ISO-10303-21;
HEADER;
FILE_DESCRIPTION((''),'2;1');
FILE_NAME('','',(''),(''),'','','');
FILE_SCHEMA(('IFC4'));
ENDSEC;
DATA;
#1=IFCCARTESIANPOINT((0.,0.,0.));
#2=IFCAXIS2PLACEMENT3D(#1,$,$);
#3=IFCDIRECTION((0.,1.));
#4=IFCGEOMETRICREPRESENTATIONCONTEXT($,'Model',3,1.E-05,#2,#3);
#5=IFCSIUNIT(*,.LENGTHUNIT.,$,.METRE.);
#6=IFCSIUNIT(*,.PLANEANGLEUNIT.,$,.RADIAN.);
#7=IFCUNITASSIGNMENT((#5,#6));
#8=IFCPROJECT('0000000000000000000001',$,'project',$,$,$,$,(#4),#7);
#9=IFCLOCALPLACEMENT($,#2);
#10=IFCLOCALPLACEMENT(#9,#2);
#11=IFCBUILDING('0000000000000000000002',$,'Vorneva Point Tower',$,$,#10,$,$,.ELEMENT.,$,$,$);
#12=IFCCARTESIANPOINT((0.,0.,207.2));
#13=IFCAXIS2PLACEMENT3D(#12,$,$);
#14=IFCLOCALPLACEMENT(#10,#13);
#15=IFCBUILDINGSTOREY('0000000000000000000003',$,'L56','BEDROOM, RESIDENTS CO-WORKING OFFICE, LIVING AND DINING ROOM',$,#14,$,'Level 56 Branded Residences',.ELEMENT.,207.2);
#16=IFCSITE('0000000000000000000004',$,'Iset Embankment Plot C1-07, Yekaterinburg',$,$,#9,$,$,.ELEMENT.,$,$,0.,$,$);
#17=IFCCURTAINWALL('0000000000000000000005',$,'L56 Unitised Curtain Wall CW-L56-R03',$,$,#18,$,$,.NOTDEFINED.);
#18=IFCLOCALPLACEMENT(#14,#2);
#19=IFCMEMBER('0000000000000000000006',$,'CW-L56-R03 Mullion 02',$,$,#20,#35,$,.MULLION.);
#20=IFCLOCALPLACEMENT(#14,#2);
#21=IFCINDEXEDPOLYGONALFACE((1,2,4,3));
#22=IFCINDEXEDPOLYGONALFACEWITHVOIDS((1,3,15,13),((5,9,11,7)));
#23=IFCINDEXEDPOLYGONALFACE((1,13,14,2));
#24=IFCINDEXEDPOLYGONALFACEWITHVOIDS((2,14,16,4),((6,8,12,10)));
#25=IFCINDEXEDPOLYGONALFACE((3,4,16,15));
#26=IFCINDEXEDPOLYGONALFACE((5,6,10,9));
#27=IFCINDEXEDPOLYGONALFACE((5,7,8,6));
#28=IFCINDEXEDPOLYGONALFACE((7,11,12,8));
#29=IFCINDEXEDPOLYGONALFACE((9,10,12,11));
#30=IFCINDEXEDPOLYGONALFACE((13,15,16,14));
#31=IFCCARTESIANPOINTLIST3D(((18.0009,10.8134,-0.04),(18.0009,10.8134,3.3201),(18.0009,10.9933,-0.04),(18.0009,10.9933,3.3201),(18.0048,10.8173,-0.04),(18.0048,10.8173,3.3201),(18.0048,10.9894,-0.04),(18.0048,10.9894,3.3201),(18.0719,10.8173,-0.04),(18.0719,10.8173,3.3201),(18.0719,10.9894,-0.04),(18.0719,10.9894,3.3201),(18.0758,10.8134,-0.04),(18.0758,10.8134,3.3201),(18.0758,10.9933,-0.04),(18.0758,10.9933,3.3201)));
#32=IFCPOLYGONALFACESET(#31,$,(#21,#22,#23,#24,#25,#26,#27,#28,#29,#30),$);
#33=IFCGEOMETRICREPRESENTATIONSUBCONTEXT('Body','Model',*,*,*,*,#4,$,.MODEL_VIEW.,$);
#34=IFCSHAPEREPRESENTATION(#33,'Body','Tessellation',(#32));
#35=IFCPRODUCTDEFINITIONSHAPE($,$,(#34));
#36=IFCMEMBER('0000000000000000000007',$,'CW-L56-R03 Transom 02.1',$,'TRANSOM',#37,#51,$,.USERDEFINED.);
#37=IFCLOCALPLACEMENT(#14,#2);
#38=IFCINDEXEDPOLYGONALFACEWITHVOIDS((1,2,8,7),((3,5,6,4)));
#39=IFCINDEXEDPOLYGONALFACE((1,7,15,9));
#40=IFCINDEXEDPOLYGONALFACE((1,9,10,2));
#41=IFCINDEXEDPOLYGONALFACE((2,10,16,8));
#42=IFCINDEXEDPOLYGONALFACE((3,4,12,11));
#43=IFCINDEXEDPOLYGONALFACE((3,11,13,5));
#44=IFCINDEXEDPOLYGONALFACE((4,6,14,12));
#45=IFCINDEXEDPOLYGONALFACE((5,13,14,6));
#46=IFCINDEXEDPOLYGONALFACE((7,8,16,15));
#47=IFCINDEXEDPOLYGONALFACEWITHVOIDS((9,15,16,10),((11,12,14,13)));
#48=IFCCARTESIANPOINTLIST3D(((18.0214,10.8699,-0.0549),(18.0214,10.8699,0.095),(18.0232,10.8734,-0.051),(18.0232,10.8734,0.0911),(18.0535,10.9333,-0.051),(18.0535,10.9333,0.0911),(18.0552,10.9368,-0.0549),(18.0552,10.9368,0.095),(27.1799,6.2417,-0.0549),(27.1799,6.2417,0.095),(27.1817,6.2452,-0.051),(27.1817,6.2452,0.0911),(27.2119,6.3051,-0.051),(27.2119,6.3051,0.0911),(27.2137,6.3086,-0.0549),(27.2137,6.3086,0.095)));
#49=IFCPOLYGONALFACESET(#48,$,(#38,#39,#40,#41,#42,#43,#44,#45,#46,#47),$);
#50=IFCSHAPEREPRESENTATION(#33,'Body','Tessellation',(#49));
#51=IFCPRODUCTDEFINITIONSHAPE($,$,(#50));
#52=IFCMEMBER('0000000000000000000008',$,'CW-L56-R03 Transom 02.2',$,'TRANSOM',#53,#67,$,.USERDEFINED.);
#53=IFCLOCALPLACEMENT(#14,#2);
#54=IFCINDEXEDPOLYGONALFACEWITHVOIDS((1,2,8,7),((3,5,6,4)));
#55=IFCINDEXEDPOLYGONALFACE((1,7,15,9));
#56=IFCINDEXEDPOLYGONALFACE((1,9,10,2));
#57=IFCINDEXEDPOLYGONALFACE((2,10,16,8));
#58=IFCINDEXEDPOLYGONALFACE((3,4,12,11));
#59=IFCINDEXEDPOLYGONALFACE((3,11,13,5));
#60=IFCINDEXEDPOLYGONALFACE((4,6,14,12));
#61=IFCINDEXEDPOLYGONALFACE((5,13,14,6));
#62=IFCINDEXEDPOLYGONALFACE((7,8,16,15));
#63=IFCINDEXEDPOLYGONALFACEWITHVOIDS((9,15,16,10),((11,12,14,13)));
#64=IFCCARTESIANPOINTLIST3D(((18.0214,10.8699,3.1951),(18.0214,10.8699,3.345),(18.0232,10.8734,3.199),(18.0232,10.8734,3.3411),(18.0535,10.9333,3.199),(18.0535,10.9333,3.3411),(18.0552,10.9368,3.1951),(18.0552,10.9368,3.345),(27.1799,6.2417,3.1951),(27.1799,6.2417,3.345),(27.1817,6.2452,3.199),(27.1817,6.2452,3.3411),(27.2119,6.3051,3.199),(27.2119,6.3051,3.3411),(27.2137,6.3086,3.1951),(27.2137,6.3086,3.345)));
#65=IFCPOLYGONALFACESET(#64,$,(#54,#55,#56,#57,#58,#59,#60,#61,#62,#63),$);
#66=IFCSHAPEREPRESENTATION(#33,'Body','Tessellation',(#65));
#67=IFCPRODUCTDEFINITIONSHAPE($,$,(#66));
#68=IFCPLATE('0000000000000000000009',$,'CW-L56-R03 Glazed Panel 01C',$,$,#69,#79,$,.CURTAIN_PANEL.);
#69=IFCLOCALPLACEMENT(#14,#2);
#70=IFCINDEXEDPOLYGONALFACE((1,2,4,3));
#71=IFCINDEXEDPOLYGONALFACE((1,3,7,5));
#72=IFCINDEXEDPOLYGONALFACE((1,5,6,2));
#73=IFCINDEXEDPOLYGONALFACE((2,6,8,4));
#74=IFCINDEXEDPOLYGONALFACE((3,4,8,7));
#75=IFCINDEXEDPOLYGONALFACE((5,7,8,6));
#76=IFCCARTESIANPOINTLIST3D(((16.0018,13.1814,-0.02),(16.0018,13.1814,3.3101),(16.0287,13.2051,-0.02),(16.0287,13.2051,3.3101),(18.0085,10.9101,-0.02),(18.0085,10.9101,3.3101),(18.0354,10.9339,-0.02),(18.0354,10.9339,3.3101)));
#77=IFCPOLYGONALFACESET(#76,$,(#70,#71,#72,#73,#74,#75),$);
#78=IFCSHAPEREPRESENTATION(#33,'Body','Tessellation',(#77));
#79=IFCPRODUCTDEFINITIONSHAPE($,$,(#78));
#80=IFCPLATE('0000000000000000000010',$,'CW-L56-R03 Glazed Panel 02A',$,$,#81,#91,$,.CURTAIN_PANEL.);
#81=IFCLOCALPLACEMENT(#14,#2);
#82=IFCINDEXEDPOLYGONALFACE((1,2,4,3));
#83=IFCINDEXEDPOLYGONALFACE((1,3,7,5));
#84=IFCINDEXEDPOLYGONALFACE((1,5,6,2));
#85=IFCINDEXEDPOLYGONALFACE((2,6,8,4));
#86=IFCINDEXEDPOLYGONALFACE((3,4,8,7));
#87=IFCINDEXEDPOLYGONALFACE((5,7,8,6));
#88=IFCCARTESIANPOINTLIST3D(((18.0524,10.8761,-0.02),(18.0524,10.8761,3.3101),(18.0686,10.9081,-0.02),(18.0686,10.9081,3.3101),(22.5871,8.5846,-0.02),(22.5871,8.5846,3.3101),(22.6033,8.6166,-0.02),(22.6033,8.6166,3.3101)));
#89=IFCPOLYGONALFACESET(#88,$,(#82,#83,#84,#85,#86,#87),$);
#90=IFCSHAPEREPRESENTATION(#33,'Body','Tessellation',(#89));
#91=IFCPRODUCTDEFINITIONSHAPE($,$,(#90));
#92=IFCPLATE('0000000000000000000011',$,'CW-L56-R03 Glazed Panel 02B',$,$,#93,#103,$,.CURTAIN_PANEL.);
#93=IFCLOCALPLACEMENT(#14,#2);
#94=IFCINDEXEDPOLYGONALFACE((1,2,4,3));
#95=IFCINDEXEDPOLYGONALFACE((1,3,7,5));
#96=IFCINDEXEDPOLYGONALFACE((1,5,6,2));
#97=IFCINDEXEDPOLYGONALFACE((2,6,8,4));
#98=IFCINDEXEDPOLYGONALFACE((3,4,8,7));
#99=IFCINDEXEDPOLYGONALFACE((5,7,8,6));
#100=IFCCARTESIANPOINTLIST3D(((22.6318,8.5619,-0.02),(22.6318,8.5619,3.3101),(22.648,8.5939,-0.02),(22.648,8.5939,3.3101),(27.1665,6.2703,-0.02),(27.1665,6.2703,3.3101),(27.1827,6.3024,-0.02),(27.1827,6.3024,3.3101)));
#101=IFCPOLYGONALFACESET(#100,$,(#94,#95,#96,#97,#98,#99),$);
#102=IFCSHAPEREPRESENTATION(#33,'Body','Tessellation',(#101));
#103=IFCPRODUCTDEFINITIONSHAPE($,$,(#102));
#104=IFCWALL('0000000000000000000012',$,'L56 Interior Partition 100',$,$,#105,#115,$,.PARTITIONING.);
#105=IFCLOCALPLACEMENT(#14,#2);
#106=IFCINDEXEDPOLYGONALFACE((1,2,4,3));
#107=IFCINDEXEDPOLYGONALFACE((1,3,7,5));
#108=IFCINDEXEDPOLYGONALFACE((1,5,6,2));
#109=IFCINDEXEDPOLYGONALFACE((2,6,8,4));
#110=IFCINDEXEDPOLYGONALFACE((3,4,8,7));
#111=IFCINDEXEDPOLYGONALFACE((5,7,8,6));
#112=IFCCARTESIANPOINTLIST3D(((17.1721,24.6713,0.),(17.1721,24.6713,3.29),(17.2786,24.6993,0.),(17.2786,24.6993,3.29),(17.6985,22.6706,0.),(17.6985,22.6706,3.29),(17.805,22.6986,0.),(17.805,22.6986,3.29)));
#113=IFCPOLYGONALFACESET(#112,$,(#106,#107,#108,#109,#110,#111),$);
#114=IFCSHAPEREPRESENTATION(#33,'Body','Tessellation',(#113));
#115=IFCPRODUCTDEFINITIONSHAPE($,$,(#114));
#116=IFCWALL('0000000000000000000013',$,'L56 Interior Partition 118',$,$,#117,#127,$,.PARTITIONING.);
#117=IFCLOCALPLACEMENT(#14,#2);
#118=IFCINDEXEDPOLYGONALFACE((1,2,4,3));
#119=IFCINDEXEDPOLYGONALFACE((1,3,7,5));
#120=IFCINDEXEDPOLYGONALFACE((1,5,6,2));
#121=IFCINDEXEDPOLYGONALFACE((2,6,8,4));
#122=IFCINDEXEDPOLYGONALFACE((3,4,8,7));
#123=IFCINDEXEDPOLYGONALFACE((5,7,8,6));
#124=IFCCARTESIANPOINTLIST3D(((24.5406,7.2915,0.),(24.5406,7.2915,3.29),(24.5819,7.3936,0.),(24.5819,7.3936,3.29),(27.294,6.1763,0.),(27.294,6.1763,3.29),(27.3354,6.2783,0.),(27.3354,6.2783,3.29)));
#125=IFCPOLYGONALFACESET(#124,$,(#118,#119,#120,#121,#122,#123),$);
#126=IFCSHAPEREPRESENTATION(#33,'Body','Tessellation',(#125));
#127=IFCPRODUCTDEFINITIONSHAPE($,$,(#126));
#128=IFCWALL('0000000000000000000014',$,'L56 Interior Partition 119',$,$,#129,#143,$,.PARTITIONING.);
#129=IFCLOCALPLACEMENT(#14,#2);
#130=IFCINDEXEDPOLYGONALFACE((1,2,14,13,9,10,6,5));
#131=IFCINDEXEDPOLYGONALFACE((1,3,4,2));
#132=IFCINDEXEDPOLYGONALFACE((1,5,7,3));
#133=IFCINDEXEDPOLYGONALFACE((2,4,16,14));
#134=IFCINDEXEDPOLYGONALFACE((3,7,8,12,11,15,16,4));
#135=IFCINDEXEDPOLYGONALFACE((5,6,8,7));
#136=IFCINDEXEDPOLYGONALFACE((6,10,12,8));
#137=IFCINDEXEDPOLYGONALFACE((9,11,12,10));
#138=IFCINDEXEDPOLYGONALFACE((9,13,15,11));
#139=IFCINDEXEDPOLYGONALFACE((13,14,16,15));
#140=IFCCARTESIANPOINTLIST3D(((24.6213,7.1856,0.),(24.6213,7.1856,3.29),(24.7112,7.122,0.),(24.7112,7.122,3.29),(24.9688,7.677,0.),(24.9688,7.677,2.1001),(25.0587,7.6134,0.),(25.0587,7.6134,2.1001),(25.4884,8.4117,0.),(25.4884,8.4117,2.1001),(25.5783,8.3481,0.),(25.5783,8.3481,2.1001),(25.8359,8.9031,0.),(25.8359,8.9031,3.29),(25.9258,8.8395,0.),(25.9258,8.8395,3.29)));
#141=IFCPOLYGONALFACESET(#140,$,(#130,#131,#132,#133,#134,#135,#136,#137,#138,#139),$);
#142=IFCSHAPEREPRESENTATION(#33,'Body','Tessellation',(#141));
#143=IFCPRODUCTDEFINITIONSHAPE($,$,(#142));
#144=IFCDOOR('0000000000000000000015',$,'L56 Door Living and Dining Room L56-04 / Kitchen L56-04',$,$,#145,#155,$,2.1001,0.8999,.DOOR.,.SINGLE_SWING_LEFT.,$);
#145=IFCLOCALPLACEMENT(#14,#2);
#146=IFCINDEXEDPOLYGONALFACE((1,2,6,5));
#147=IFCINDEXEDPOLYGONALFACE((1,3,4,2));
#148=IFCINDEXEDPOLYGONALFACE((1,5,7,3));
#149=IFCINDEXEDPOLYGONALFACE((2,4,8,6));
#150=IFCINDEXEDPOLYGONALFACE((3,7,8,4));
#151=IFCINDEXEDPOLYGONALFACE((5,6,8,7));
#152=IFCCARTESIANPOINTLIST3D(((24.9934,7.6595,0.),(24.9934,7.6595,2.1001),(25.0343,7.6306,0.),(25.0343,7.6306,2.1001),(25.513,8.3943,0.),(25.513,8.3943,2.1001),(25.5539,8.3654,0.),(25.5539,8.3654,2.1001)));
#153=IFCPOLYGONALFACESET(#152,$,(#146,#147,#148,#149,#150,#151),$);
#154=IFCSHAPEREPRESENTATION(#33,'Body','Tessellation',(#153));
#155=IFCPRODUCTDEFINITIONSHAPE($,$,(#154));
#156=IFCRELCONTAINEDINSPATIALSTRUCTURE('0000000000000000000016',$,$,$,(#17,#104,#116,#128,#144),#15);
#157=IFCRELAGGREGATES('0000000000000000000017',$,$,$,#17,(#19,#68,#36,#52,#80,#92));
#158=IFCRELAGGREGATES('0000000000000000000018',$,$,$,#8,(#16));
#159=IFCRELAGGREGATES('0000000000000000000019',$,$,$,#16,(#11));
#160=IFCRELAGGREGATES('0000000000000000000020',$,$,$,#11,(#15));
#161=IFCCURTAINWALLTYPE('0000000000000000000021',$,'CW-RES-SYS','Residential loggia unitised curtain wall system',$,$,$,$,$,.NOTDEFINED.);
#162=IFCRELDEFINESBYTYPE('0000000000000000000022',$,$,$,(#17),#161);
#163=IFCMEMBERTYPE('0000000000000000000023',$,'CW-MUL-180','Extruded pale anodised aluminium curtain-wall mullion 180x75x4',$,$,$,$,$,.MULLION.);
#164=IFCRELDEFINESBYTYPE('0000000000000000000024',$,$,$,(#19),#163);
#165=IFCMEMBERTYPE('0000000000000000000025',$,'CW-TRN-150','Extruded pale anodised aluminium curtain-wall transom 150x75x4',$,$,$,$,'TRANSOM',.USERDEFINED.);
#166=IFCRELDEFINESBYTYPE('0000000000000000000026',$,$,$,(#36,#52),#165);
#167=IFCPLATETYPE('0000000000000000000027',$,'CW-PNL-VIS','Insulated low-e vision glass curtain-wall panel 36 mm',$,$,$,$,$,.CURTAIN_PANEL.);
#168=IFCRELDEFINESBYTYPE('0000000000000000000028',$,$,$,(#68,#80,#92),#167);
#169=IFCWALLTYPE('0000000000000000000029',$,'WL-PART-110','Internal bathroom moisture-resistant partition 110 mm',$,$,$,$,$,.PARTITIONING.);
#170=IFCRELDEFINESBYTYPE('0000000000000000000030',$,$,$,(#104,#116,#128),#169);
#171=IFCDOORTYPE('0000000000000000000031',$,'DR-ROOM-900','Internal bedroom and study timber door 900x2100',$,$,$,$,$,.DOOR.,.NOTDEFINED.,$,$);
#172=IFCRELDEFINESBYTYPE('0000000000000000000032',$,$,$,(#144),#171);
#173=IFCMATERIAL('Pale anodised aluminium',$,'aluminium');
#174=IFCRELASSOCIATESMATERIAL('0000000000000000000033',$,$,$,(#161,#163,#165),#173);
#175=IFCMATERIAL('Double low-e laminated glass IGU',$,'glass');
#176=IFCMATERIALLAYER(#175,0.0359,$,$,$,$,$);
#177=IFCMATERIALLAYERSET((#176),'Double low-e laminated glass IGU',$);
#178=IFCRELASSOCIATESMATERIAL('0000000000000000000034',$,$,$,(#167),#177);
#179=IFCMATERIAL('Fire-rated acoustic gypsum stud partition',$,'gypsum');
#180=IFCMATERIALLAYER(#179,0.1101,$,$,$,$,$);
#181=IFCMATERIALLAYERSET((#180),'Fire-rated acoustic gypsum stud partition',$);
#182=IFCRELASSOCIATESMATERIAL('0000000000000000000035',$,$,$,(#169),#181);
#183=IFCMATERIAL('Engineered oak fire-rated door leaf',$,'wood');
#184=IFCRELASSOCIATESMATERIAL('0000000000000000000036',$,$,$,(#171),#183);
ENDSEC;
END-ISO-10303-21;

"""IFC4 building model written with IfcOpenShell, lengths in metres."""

from ifc_helpers import new_model, si_unit, direction, frame, frame_2d, origin, origin_2d, place, context, subcontext, project, spatial, rectangle, hollow_rectangle, extrude, material, layer, layer_set, material_profile, profile_set, type_object, element, fill, aggregate, save


model = new_model("IFC4")

# Units and contexts
model_context = context("Model", 3, precision=1e-05, world=origin(), true_north=direction((0.0, 1.0)))
body_context = subcontext(model_context, "Body", "Model", "MODEL_VIEW")
ifc_project = project(units=[si_unit("LENGTHUNIT", "METRE"), si_unit("PLANEANGLEUNIT", "RADIAN")], contexts=[model_context])

# Site, building, storey
site_placement = place(None, origin())
site = spatial("IfcSite", under=ifc_project, at=site_placement, Name="Iset Embankment Plot C1-07, Yekaterinburg", CompositionType="ELEMENT", RefElevation=0.0)
building_placement = place(site_placement, origin())
building = spatial("IfcBuilding", under=site, at=building_placement, Name="Vorneva Point Tower", CompositionType="ELEMENT")
storey_placement = place(building_placement, frame((0.0, 0.0, 207.2)))
storey = spatial("IfcBuildingStorey", under=building, at=storey_placement, Name="L56", Description="BEDROOM, RESIDENTS CO-WORKING OFFICE, LIVING AND DINING ROOM", LongName="Level 56 Branded Residences", CompositionType="ELEMENT", Elevation=207.2)

# Curtain wall, members, plates
ifc_material_1 = material(Name="Pale anodised aluminium", Category="aluminium")
curtain_wall_type = type_object("IfcCurtainWallType", Name="CW-RES-SYS", Description="Residential loggia unitised curtain wall system", PredefinedType="NOTDEFINED", material=ifc_material_1)
curtain_wall_placement = place(storey_placement, origin())
curtain_wall = element("IfcCurtainWall", 1, at=curtain_wall_placement, inside=storey, type_object=curtain_wall_type, Name="L56 Unitised Curtain Wall CW-L56-R03", PredefinedType="NOTDEFINED")
ifc_material_profile_1 = material_profile(ifc_material_1, hollow_rectangle(XDim=0.075, YDim=0.1799, WallThickness=0.0039, at=origin_2d()), Name="AL-MUL 180x75x4")
ifc_profile_set_1 = profile_set([ifc_material_profile_1], Name="Pale anodised aluminium")
member_type_1 = type_object("IfcMemberType", Name="CW-MUL-180", Description="Extruded pale anodised aluminium curtain-wall mullion 180x75x4", PredefinedType="MULLION", material=ifc_profile_set_1)
member_1_placement = place(storey_placement, frame((18.0383, 10.9033, -0.04), z_axis=(0.0, 0.0, 1.0), x_axis=(1.0, 0.0, 0.0)))
member_1 = element("IfcMember", 2, at=member_1_placement, type_object=member_type_1, Name="CW-L56-R03 Mullion 02", PredefinedType="MULLION", context=body_context, shape_type="SweptSolid", body=[
    extrude(hollow_rectangle(XDim=0.075, YDim=0.1799, WallThickness=0.0039, at=origin_2d()), origin(), (0.0, 0.0, 1.0), 3.3601),
])
ifc_material_profile_2 = material_profile(ifc_material_1, hollow_rectangle(XDim=0.075, YDim=0.1499, WallThickness=0.0039, at=origin_2d()), Name="AL-TRN 150x75x4")
ifc_profile_set_2 = profile_set([ifc_material_profile_2], Name="Pale anodised aluminium")
member_type_2 = type_object("IfcMemberType", Name="CW-TRN-150", Description="Extruded pale anodised aluminium curtain-wall transom 150x75x4", ElementType="TRANSOM", PredefinedType="USERDEFINED", material=ifc_profile_set_2)
member_2_placement = place(storey_placement, frame((18.0383, 10.9033, 0.02), z_axis=(0.892511, -0.451026, 0.0), x_axis=(0.451026, 0.892511, 0.0)))
member_2 = element("IfcMember", 3, at=member_2_placement, type_object=member_type_2, Name="CW-L56-R03 Transom 02.1", ObjectType="TRANSOM", PredefinedType="USERDEFINED", context=body_context, shape_type="SweptSolid", body=[
    extrude(hollow_rectangle(XDim=0.075, YDim=0.1499, WallThickness=0.0039, at=origin_2d()), origin(), (0.0, 0.0, 1.0), 10.2615),
])
member_3_placement = place(storey_placement, frame((18.0383, 10.9033, 3.27), z_axis=(0.892511, -0.451026, 0.0), x_axis=(0.451026, 0.892511, 0.0)))
member_3 = element("IfcMember", 4, at=member_3_placement, type_object=member_type_2, Name="CW-L56-R03 Transom 02.2", ObjectType="TRANSOM", PredefinedType="USERDEFINED", context=body_context, shape_type="SweptSolid", body=[
    extrude(hollow_rectangle(XDim=0.075, YDim=0.1499, WallThickness=0.0039, at=origin_2d()), origin(), (0.0, 0.0, 1.0), 10.2615),
])
ifc_material_2 = material(Name="Double low-e laminated glass IGU", Category="glass")
ifc_layer_1 = layer(ifc_material_2, 0.0359)
ifc_layer_set_1 = layer_set([ifc_layer_1], Name="Double low-e laminated glass IGU")
plate_type = type_object("IfcPlateType", Name="CW-PNL-VIS", Description="Insulated low-e vision glass curtain-wall panel 36 mm", PredefinedType="CURTAIN_PANEL", material=ifc_layer_set_1)
plate_1_placement = place(storey_placement, frame((17.0186, 12.0576, -0.02), z_axis=(0.0, 0.0, 1.0), x_axis=(0.66211, -0.749407, 0.0)))
plate_1 = element("IfcPlate", 5, at=plate_1_placement, type_object=plate_type, Name="CW-L56-R03 Glazed Panel 01C", PredefinedType="CURTAIN_PANEL", context=body_context, shape_type="SweptSolid", body=[
    extrude(rectangle(XDim=3.0308, YDim=0.0359, at=origin_2d()), origin(), (0.0, 0.0, 1.0), 3.3301),
])
plate_2_placement = place(storey_placement, frame((20.3279, 9.7463, -0.02), z_axis=(0.0, 0.0, 1.0), x_axis=(0.892515, -0.451018, 0.0)))
plate_2 = element("IfcPlate", 6, at=plate_2_placement, type_object=plate_type, Name="CW-L56-R03 Glazed Panel 02A", PredefinedType="CURTAIN_PANEL", context=body_context, shape_type="SweptSolid", body=[
    extrude(rectangle(XDim=5.0808, YDim=0.0359, at=origin_2d()), origin(), (0.0, 0.0, 1.0), 3.3301),
])
plate_3_placement = place(storey_placement, frame((24.9072, 7.4321, -0.02), z_axis=(0.0, 0.0, 1.0), x_axis=(0.892515, -0.451018, 0.0)))
plate_3 = element("IfcPlate", 7, at=plate_3_placement, type_object=plate_type, Name="CW-L56-R03 Glazed Panel 02B", PredefinedType="CURTAIN_PANEL", context=body_context, shape_type="SweptSolid", body=[
    extrude(rectangle(XDim=5.0808, YDim=0.0359, at=origin_2d()), origin(), (0.0, 0.0, 1.0), 3.3301),
])
aggregate(curtain_wall, [member_1, plate_1, member_2, member_3, plate_2, plate_3])

# Walls
ifc_material_3 = material(Name="Fire-rated acoustic gypsum stud partition", Category="gypsum")
ifc_layer_2 = layer(ifc_material_3, 0.1101)
ifc_layer_set_2 = layer_set([ifc_layer_2], Name="Fire-rated acoustic gypsum stud partition")
wall_type_1 = type_object("IfcWallType", Name="WL-PART-110", Description="Internal bathroom moisture-resistant partition 110 mm", PredefinedType="PARTITIONING", material=ifc_layer_set_2)
wall_1_placement = place(storey_placement, frame((17.7517, 22.6846, 0.0), z_axis=(0.0, 0.0, 1.0), x_axis=(-0.254429, 0.967091, 0.0)))
element("IfcWall", 8, at=wall_1_placement, inside=storey, type_object=wall_type_1, Name="L56 Interior Partition 100", PredefinedType="PARTITIONING", context=body_context, shape_type="SweptSolid", body=[
    extrude(rectangle(XDim=2.0688, YDim=0.1101, at=frame_2d((1.0344, 0.0))), origin(), (0.0, 0.0, 1.0), 3.29),
])
wall_2_placement = place(storey_placement, frame((24.5613, 7.3425, 0.0), z_axis=(0.0, 0.0, 1.0), x_axis=(0.926858, -0.375411, 0.0)))
element("IfcWall", 9, at=wall_2_placement, inside=storey, type_object=wall_type_1, Name="L56 Interior Partition 118", PredefinedType="PARTITIONING", context=body_context, shape_type="SweptSolid", body=[
    extrude(rectangle(XDim=2.9707, YDim=0.1101, at=frame_2d((1.4854, 0.0))), origin(), (0.0, 0.0, 1.0), 3.29),
])

# Wall, opening, door
wall_3_placement = place(storey_placement, frame((24.6663, 7.1538, 0.0), z_axis=(0.0, 0.0, 1.0), x_axis=(0.577389, 0.816469, 0.0)))
wall_3 = element("IfcWall", 10, at=wall_3_placement, inside=storey, type_object=wall_type_1, Name="L56 Interior Partition 119", PredefinedType="PARTITIONING", context=body_context, shape_type="SweptSolid", body=[
    extrude(rectangle(XDim=2.1035, YDim=0.1101, at=frame_2d((1.0518, 0.0))), origin(), (0.0, 0.0, 1.0), 3.29),
])
opening_1_placement = place(wall_3_placement, frame((0.6018, 0.0, 0.0)))
opening_1 = element("IfcOpeningElement", 11, at=opening_1_placement, cuts=wall_3, PredefinedType="OPENING", context=body_context, shape_type="SweptSolid", body=[
    extrude(rectangle(XDim=0.8999, YDim=2.1001, at=frame_2d((0.45, 1.05))), frame((0.0, 0.0698, 0.0), z_axis=(0.0, -1.0, 0.0), x_axis=(1.0, 0.0, 0.0)), (0.0, 0.0, 1.0), 0.1399),
])
ifc_material_4 = material(Name="Engineered oak fire-rated door leaf", Category="wood")
door_type_1 = type_object("IfcDoorType", Name="DR-ROOM-900", Description="Internal bedroom and study timber door 900x2100", OperationType="NOTDEFINED", PredefinedType="DOOR", material=ifc_material_4)
door_1_placement = place(opening_1_placement, origin())
door_1 = element("IfcDoor", 12, at=door_1_placement, inside=storey, type_object=door_type_1, Name="L56 Door Living and Dining Room L56-04 / Kitchen L56-04", OperationType="SINGLE_SWING_LEFT", OverallHeight=2.1001, OverallWidth=0.8999, PredefinedType="DOOR", context=body_context, shape_type="SweptSolid", body=[
    extrude(rectangle(XDim=0.8999, YDim=2.1001, at=frame_2d((0.45, 1.05))), frame((0.0, 0.0249, 0.0), z_axis=(0.0, -1.0, 0.0), x_axis=(1.0, 0.0, 0.0)), (0.0, 0.0, 1.0), 0.05),
])
fill(opening_1, door_1)

save(model, "model.ifc")
